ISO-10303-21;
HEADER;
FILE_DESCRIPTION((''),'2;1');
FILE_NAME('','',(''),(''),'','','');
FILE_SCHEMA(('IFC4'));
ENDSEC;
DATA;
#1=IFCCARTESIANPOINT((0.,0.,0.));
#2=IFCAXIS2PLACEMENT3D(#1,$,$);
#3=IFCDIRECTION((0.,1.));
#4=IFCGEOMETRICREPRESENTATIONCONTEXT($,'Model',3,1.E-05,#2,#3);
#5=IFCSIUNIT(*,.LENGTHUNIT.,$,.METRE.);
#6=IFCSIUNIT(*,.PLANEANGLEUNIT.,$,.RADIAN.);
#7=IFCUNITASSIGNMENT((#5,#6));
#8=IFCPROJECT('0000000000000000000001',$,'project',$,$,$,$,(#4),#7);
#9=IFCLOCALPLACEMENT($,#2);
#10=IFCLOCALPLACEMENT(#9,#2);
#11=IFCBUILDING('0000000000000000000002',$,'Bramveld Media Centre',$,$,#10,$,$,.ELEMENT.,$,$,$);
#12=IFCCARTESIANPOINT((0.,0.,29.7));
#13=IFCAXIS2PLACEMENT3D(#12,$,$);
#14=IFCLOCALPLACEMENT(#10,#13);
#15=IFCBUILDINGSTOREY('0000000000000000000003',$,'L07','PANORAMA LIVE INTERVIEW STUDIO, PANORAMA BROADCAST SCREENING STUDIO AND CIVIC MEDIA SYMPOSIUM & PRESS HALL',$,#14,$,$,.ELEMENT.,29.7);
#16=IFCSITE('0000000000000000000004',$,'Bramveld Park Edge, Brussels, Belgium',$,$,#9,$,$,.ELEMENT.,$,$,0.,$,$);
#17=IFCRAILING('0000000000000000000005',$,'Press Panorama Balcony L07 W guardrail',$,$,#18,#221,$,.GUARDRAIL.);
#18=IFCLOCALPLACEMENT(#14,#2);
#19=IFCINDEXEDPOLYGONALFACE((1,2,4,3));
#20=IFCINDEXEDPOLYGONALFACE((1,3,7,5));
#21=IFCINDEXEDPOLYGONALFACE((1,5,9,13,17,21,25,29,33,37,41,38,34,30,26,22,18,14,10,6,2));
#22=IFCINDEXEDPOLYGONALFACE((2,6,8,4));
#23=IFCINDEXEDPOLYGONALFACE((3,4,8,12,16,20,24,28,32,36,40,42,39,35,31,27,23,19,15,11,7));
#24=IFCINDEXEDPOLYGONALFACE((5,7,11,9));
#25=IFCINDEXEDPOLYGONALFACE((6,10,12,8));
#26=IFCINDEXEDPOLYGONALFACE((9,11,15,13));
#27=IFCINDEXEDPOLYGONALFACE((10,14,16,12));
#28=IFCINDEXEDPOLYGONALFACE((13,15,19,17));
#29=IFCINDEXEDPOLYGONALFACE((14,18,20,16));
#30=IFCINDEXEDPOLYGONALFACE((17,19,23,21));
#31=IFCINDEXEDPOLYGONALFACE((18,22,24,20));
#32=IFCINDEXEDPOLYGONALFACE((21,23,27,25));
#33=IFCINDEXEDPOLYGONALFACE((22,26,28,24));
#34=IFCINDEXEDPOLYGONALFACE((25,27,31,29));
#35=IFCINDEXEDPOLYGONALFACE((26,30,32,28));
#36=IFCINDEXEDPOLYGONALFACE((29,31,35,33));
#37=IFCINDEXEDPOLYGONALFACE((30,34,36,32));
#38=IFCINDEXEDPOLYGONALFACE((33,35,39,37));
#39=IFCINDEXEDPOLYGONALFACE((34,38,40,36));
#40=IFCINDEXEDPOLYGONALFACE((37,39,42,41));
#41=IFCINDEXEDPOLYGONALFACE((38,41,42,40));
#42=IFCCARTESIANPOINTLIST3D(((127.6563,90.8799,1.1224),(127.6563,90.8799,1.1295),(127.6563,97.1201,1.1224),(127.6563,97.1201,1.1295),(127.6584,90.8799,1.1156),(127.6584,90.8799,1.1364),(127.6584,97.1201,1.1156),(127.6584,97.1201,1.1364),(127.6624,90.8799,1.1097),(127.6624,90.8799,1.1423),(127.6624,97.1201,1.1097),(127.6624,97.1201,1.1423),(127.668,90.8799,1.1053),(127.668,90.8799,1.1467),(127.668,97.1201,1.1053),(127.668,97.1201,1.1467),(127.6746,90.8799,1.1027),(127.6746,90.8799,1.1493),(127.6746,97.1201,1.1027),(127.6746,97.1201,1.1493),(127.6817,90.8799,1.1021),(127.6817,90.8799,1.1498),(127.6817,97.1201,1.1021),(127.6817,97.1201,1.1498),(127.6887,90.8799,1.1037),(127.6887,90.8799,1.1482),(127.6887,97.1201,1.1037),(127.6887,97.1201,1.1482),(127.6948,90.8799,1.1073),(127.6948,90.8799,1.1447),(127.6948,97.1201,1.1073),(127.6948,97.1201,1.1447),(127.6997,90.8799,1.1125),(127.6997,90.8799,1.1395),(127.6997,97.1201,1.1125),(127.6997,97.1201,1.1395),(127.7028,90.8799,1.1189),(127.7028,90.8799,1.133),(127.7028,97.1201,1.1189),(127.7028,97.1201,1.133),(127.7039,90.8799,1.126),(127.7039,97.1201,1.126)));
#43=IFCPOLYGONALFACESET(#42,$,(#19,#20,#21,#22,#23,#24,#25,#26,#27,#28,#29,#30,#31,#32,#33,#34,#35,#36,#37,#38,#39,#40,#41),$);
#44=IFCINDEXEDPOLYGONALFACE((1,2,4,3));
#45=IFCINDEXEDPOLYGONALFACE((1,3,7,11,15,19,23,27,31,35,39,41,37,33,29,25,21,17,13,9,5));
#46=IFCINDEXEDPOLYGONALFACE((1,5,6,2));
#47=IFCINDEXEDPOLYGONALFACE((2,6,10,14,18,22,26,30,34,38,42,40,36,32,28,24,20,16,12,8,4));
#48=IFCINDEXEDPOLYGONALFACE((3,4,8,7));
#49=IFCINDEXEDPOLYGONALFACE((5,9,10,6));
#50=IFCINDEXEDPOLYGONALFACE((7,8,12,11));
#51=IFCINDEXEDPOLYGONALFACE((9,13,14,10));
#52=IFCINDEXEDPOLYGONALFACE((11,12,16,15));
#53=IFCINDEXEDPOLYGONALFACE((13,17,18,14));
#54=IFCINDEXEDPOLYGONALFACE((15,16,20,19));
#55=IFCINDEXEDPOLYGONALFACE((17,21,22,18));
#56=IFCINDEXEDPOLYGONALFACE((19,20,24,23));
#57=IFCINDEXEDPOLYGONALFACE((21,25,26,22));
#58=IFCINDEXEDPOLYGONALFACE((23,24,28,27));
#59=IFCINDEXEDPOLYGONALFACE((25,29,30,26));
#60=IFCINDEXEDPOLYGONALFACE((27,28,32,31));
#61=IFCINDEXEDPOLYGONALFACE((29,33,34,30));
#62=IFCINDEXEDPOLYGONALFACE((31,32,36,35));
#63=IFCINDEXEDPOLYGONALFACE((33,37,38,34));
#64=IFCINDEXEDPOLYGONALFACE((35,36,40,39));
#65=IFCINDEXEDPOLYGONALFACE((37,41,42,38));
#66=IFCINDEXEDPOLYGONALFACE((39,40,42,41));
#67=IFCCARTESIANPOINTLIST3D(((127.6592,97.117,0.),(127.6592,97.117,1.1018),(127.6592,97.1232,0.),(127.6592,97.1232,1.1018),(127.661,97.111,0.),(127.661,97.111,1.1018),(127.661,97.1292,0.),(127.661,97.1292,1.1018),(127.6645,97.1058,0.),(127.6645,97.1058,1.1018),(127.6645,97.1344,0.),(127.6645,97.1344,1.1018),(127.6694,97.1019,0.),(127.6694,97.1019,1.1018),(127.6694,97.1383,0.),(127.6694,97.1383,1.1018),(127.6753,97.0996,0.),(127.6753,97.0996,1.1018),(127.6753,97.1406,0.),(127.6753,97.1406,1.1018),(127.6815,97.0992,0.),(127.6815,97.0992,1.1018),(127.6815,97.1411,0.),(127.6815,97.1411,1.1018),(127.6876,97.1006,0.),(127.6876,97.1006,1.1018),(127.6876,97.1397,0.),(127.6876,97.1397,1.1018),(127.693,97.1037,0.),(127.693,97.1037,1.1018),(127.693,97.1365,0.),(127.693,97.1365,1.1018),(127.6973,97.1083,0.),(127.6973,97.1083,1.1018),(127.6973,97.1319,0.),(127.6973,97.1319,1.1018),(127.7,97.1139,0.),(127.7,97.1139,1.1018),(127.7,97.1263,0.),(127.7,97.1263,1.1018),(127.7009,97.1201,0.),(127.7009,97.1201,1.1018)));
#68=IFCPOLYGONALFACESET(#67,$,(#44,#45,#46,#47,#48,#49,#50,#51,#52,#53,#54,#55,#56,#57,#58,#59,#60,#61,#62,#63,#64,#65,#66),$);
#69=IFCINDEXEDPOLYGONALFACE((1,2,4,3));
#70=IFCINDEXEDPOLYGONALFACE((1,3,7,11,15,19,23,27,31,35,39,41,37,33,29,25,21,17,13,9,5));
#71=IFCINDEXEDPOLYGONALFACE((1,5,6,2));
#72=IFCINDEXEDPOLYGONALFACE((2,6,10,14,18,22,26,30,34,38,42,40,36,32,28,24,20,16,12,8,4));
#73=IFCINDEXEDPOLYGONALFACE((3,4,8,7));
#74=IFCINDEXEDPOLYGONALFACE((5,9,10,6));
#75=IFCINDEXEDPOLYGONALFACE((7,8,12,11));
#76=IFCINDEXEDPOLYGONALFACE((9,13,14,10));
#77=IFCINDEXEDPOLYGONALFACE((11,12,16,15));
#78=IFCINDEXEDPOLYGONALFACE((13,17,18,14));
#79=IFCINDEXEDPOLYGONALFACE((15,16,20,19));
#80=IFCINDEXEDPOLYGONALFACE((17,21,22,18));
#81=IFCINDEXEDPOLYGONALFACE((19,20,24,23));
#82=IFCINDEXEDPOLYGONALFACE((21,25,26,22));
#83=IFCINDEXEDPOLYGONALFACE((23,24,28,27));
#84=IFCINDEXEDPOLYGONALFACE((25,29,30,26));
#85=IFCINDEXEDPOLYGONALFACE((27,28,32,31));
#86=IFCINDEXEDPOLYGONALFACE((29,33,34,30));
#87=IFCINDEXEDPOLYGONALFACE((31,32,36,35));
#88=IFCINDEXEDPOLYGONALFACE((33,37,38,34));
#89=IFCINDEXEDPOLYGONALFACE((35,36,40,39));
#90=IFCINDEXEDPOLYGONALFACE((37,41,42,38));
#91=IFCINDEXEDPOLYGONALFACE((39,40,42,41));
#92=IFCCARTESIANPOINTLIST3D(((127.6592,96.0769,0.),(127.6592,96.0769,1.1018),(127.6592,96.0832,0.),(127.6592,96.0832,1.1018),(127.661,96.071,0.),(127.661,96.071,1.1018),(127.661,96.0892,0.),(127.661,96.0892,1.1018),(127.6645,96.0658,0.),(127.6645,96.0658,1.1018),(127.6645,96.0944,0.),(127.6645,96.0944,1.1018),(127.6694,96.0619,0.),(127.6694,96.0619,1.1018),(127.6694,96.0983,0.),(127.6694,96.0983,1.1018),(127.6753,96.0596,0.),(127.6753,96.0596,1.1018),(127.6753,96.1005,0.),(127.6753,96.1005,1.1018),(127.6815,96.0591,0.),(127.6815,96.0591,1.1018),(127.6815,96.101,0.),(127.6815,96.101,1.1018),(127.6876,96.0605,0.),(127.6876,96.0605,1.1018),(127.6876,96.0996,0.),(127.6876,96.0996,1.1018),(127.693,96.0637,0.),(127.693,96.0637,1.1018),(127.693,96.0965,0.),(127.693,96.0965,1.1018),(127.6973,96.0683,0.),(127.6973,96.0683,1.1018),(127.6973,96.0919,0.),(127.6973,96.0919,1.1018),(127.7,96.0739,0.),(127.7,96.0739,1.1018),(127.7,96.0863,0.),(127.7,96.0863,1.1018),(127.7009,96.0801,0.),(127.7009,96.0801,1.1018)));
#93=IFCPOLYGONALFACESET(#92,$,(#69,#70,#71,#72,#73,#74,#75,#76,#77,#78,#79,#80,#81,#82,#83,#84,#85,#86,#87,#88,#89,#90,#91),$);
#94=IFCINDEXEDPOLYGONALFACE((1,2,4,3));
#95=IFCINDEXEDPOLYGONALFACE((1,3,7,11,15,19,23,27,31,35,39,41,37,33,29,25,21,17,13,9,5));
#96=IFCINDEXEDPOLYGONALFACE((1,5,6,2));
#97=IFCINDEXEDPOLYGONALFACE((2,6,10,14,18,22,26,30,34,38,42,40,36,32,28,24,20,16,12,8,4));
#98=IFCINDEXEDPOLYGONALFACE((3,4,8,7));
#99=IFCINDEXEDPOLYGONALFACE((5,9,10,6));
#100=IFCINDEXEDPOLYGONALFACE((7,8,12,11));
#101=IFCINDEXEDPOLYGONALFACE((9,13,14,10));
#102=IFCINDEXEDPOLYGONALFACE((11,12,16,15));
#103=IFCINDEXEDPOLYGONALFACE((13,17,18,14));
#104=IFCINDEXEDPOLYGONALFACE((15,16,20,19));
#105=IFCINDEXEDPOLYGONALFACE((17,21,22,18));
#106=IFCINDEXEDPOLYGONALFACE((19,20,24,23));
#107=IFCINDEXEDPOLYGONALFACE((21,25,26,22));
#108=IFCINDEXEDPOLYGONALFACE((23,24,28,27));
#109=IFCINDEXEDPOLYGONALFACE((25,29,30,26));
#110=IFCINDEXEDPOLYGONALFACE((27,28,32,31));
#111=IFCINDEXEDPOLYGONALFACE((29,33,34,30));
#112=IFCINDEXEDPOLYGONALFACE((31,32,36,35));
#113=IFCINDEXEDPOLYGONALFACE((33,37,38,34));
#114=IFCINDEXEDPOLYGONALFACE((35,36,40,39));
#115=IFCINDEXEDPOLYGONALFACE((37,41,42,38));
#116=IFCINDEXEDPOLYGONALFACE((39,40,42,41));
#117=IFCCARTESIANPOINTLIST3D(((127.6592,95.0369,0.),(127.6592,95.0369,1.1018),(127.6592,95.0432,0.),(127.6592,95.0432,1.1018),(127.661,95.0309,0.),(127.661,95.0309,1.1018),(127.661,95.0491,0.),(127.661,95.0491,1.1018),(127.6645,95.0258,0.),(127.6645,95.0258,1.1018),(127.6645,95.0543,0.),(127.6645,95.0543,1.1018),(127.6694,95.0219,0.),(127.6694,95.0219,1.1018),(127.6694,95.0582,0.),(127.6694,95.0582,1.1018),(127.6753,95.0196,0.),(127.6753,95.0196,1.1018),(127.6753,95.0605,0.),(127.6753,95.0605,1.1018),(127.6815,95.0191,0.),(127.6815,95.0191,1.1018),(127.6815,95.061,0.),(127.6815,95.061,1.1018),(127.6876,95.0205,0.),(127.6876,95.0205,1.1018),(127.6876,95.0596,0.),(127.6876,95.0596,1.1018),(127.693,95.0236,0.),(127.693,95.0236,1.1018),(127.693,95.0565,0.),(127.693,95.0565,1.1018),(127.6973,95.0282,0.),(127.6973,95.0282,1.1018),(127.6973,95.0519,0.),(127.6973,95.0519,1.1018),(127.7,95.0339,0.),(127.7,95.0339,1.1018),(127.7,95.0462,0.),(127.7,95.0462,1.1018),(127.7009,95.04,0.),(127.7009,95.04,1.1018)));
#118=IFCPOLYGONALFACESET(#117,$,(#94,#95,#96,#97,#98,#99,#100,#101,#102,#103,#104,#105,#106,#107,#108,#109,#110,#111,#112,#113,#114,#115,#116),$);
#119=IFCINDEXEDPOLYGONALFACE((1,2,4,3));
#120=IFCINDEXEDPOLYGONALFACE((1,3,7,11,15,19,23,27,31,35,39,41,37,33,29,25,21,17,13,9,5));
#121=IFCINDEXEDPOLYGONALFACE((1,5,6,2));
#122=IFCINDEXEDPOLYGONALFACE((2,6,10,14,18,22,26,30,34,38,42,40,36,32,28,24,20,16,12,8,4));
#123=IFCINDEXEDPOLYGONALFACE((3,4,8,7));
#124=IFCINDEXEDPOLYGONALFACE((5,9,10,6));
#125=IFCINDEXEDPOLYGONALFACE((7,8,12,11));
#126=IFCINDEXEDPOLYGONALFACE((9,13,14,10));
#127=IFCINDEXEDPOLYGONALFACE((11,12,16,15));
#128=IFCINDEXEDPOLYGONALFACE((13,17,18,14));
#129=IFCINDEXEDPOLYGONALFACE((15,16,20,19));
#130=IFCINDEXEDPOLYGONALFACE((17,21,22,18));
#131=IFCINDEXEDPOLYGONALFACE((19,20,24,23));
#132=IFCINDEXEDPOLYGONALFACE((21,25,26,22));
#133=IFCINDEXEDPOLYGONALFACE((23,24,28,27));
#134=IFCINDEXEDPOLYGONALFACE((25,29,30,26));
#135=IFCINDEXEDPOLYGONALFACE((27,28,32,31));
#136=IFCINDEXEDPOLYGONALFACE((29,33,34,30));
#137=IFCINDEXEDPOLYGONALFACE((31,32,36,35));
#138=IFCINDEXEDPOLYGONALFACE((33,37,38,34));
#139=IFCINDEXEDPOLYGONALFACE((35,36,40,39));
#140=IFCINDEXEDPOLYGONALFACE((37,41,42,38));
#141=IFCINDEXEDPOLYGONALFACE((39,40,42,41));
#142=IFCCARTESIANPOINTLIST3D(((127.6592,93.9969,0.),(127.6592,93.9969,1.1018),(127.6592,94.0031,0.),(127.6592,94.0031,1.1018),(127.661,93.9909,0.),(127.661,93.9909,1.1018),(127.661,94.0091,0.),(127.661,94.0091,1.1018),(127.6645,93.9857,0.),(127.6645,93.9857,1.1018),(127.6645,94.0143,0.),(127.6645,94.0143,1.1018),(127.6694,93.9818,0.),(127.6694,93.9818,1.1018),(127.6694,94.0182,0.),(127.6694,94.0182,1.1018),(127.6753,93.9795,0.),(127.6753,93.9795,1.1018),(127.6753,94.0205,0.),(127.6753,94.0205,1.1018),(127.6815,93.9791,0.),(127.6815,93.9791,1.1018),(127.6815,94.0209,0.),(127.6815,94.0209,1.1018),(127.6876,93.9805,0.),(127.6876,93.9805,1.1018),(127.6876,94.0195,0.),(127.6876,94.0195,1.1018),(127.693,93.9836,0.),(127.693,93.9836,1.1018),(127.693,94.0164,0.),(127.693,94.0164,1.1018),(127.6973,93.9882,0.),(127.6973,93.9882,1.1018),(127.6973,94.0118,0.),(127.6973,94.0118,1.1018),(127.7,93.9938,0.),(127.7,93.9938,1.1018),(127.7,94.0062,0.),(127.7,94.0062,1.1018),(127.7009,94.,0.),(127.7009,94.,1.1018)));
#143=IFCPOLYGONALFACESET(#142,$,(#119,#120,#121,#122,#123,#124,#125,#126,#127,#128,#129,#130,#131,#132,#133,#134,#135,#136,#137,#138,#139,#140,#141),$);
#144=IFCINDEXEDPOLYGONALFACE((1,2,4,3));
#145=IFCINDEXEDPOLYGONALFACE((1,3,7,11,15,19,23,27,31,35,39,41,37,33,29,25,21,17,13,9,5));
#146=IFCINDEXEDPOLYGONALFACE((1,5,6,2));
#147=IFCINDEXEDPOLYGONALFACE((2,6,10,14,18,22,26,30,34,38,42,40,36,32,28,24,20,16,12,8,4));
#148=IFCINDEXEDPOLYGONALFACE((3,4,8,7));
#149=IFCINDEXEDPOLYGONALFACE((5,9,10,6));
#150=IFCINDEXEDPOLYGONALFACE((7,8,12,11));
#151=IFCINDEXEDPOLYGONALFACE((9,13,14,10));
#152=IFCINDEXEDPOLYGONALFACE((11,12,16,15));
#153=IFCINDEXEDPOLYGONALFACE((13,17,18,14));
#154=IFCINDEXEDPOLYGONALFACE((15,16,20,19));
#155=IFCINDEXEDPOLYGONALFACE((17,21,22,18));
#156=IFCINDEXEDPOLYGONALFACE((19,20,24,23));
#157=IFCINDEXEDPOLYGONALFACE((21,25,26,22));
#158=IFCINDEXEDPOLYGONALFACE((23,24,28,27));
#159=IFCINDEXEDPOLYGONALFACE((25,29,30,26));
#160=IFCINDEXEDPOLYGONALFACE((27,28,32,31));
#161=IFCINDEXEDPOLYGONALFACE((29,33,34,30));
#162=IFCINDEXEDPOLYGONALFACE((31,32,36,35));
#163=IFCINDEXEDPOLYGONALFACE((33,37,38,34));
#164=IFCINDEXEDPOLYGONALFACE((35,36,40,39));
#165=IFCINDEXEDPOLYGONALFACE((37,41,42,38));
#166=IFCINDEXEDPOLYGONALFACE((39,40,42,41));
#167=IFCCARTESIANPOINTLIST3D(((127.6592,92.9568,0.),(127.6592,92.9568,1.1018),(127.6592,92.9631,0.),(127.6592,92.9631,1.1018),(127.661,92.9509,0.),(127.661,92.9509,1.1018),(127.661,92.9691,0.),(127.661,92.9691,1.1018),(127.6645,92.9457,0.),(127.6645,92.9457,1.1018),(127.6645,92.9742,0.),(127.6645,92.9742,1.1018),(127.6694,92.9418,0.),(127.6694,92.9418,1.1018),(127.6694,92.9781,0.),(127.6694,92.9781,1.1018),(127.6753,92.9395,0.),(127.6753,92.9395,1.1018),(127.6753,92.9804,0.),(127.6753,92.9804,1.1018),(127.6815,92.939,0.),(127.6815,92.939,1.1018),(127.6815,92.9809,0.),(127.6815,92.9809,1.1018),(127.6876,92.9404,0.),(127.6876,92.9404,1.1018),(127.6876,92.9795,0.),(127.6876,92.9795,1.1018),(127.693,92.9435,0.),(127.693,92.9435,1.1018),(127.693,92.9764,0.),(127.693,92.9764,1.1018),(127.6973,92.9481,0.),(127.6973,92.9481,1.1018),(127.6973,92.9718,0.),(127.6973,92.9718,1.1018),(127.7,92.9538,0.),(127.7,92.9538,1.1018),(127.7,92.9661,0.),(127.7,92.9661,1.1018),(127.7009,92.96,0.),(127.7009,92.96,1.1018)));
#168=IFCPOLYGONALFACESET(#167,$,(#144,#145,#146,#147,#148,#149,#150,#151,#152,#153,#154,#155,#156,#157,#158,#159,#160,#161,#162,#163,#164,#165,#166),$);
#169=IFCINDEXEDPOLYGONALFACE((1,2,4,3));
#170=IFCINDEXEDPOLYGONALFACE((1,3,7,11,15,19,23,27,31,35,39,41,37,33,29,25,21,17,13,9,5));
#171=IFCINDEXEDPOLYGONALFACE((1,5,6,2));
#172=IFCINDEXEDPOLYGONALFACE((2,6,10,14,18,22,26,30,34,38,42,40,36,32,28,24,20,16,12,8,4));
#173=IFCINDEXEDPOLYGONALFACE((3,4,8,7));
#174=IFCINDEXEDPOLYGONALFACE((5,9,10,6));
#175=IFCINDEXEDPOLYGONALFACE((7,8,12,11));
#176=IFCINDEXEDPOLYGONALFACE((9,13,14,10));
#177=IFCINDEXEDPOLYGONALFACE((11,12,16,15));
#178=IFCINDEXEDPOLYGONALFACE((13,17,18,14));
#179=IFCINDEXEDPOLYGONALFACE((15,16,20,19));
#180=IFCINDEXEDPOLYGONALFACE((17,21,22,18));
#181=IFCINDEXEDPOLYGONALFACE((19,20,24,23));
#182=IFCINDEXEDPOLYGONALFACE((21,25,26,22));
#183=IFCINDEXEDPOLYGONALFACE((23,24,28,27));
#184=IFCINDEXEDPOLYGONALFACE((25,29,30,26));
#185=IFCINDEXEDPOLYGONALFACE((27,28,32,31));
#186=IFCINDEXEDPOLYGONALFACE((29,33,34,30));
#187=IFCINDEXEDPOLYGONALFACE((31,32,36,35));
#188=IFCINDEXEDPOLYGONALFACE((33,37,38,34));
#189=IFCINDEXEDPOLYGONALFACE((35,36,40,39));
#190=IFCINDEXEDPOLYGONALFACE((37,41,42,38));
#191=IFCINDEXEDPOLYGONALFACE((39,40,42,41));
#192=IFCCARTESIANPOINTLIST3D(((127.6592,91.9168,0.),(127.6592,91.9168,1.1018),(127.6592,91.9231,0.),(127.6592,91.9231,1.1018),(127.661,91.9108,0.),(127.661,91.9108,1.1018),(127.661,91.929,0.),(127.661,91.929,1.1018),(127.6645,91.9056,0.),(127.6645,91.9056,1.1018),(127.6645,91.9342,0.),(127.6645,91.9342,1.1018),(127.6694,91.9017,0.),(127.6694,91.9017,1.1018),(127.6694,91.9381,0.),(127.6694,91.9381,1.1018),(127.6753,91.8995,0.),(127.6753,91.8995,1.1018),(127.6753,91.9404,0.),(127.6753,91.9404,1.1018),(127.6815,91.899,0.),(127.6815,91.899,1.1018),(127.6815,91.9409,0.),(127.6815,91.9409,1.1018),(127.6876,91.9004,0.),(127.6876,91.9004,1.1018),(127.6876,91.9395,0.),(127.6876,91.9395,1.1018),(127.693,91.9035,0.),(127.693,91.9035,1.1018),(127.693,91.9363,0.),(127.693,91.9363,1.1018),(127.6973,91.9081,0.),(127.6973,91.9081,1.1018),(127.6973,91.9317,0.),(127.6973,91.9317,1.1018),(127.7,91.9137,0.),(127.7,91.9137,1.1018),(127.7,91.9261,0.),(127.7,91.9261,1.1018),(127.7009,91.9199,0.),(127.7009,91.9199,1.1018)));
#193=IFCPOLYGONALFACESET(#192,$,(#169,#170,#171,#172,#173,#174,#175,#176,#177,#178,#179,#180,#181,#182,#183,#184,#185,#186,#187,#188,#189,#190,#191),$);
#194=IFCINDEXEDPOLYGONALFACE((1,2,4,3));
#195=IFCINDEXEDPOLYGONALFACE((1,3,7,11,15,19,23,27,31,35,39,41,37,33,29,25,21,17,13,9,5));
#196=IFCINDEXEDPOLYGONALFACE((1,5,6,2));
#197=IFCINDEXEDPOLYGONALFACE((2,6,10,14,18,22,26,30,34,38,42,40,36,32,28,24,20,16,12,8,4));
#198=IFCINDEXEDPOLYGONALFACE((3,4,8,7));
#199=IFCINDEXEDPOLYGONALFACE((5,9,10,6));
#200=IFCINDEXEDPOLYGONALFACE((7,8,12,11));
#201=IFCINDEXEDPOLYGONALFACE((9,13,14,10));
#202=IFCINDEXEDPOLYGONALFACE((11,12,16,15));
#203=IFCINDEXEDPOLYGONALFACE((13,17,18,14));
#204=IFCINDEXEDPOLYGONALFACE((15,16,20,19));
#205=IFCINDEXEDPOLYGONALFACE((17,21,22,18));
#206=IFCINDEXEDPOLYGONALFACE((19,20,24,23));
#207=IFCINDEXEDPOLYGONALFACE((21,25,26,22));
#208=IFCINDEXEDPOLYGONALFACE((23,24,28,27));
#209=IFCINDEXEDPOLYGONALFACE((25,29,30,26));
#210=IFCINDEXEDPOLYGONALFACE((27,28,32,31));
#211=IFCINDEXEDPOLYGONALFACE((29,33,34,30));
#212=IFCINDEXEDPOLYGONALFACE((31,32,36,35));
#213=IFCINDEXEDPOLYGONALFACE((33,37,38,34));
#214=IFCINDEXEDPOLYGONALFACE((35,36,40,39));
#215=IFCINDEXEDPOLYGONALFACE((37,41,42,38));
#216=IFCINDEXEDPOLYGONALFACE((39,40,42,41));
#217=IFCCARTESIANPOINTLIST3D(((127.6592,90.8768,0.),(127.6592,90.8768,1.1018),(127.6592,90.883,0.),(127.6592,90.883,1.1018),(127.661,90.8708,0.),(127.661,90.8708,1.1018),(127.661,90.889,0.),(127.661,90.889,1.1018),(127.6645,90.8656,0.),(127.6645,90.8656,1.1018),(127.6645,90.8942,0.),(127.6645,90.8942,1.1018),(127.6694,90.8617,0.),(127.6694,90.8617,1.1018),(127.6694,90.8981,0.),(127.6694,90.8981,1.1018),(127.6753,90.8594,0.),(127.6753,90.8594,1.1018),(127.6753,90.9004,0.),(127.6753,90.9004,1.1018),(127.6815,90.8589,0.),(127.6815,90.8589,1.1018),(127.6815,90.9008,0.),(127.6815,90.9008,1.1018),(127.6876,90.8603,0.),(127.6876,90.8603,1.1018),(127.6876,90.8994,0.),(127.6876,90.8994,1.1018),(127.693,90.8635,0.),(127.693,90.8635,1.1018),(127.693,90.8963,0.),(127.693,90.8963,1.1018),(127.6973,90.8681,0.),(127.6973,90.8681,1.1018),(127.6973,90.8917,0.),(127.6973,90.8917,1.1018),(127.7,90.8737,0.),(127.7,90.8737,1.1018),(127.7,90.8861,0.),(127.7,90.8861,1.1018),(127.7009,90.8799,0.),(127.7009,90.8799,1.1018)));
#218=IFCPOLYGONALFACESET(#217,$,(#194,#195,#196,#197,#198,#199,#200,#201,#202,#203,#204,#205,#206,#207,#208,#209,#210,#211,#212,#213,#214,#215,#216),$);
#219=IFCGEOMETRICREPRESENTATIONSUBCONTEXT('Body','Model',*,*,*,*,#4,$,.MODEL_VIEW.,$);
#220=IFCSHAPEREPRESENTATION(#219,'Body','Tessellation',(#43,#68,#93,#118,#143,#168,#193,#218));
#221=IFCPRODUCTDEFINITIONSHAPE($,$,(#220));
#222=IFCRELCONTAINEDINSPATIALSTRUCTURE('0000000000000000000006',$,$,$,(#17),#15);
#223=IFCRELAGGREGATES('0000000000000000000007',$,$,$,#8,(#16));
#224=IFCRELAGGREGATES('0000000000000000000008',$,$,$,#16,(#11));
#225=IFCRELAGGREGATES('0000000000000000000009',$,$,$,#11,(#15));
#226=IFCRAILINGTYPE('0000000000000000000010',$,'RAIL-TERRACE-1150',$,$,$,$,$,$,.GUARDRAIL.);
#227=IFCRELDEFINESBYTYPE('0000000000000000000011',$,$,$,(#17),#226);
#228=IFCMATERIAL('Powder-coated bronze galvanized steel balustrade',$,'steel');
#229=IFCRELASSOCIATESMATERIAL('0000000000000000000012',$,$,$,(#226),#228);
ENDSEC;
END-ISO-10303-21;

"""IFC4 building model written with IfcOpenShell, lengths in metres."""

from ifc_helpers import new_model, si_unit, direction, frame, origin, origin_2d, place, context, subcontext, project, spatial, circle, extrude, material, type_object, element, save


model = new_model("IFC4")

# Units and contexts
model_context = context("Model", 3, precision=1e-05, world=origin(), true_north=direction((0.0, 1.0)))
body_context = subcontext(model_context, "Body", "Model", "MODEL_VIEW")
ifc_project = project(units=[si_unit("LENGTHUNIT", "METRE"), si_unit("PLANEANGLEUNIT", "RADIAN")], contexts=[model_context])

# Site, building, storey
site_placement = place(None, origin())
site = spatial("IfcSite", under=ifc_project, at=site_placement, Name="Bramveld Park Edge, Brussels, Belgium", CompositionType="ELEMENT", RefElevation=0.0)
building_placement = place(site_placement, origin())
building = spatial("IfcBuilding", under=site, at=building_placement, Name="Bramveld Media Centre", CompositionType="ELEMENT")
storey_placement = place(building_placement, frame((0.0, 0.0, 29.7)))
storey = spatial("IfcBuildingStorey", under=building, at=storey_placement, Name="L07", Description="PANORAMA LIVE INTERVIEW STUDIO, PANORAMA BROADCAST SCREENING STUDIO AND CIVIC MEDIA SYMPOSIUM & PRESS HALL", CompositionType="ELEMENT", Elevation=29.7)

# Railing
ifc_material_1 = material(Name="Powder-coated bronze galvanized steel balustrade", Category="steel")
railing_type = type_object("IfcRailingType", Name="RAIL-TERRACE-1150", PredefinedType="GUARDRAIL", material=ifc_material_1)
railing_1_placement = place(storey_placement, frame((127.6799, 97.1201, 0.0)))
element("IfcRailing", 1, at=railing_1_placement, inside=storey, type_object=railing_type, Name="Press Panorama Balcony L07 W guardrail", PredefinedType="GUARDRAIL", context=body_context, shape_type="SweptSolid", body=[
    extrude(circle(Radius=0.0239, at=origin_2d()), frame((0.0, 0.0, 1.126), z_axis=(0.0, -1.0, 0.0), x_axis=(1.0, 0.0, 0.0)), (0.0, 0.0, 1.0), 6.2402),
    extrude(circle(Radius=0.021, at=origin_2d()), origin(), (0.0, 0.0, 1.0), 1.1018),
    extrude(circle(Radius=0.021, at=origin_2d()), frame((0.0, -1.04, 0.0)), (0.0, 0.0, 1.0), 1.1018),
    extrude(circle(Radius=0.021, at=origin_2d()), frame((0.0, -2.0801, 0.0)), (0.0, 0.0, 1.0), 1.1018),
    extrude(circle(Radius=0.021, at=origin_2d()), frame((0.0, -3.1201, 0.0)), (0.0, 0.0, 1.0), 1.1018),
    extrude(circle(Radius=0.021, at=origin_2d()), frame((0.0, -4.1602, 0.0)), (0.0, 0.0, 1.0), 1.1018),
    extrude(circle(Radius=0.021, at=origin_2d()), frame((0.0, -5.2002, 0.0)), (0.0, 0.0, 1.0), 1.1018),
    extrude(circle(Radius=0.021, at=origin_2d()), frame((0.0, -6.2402, 0.0)), (0.0, 0.0, 1.0), 1.1018),
])

save(model, "model.ifc")
